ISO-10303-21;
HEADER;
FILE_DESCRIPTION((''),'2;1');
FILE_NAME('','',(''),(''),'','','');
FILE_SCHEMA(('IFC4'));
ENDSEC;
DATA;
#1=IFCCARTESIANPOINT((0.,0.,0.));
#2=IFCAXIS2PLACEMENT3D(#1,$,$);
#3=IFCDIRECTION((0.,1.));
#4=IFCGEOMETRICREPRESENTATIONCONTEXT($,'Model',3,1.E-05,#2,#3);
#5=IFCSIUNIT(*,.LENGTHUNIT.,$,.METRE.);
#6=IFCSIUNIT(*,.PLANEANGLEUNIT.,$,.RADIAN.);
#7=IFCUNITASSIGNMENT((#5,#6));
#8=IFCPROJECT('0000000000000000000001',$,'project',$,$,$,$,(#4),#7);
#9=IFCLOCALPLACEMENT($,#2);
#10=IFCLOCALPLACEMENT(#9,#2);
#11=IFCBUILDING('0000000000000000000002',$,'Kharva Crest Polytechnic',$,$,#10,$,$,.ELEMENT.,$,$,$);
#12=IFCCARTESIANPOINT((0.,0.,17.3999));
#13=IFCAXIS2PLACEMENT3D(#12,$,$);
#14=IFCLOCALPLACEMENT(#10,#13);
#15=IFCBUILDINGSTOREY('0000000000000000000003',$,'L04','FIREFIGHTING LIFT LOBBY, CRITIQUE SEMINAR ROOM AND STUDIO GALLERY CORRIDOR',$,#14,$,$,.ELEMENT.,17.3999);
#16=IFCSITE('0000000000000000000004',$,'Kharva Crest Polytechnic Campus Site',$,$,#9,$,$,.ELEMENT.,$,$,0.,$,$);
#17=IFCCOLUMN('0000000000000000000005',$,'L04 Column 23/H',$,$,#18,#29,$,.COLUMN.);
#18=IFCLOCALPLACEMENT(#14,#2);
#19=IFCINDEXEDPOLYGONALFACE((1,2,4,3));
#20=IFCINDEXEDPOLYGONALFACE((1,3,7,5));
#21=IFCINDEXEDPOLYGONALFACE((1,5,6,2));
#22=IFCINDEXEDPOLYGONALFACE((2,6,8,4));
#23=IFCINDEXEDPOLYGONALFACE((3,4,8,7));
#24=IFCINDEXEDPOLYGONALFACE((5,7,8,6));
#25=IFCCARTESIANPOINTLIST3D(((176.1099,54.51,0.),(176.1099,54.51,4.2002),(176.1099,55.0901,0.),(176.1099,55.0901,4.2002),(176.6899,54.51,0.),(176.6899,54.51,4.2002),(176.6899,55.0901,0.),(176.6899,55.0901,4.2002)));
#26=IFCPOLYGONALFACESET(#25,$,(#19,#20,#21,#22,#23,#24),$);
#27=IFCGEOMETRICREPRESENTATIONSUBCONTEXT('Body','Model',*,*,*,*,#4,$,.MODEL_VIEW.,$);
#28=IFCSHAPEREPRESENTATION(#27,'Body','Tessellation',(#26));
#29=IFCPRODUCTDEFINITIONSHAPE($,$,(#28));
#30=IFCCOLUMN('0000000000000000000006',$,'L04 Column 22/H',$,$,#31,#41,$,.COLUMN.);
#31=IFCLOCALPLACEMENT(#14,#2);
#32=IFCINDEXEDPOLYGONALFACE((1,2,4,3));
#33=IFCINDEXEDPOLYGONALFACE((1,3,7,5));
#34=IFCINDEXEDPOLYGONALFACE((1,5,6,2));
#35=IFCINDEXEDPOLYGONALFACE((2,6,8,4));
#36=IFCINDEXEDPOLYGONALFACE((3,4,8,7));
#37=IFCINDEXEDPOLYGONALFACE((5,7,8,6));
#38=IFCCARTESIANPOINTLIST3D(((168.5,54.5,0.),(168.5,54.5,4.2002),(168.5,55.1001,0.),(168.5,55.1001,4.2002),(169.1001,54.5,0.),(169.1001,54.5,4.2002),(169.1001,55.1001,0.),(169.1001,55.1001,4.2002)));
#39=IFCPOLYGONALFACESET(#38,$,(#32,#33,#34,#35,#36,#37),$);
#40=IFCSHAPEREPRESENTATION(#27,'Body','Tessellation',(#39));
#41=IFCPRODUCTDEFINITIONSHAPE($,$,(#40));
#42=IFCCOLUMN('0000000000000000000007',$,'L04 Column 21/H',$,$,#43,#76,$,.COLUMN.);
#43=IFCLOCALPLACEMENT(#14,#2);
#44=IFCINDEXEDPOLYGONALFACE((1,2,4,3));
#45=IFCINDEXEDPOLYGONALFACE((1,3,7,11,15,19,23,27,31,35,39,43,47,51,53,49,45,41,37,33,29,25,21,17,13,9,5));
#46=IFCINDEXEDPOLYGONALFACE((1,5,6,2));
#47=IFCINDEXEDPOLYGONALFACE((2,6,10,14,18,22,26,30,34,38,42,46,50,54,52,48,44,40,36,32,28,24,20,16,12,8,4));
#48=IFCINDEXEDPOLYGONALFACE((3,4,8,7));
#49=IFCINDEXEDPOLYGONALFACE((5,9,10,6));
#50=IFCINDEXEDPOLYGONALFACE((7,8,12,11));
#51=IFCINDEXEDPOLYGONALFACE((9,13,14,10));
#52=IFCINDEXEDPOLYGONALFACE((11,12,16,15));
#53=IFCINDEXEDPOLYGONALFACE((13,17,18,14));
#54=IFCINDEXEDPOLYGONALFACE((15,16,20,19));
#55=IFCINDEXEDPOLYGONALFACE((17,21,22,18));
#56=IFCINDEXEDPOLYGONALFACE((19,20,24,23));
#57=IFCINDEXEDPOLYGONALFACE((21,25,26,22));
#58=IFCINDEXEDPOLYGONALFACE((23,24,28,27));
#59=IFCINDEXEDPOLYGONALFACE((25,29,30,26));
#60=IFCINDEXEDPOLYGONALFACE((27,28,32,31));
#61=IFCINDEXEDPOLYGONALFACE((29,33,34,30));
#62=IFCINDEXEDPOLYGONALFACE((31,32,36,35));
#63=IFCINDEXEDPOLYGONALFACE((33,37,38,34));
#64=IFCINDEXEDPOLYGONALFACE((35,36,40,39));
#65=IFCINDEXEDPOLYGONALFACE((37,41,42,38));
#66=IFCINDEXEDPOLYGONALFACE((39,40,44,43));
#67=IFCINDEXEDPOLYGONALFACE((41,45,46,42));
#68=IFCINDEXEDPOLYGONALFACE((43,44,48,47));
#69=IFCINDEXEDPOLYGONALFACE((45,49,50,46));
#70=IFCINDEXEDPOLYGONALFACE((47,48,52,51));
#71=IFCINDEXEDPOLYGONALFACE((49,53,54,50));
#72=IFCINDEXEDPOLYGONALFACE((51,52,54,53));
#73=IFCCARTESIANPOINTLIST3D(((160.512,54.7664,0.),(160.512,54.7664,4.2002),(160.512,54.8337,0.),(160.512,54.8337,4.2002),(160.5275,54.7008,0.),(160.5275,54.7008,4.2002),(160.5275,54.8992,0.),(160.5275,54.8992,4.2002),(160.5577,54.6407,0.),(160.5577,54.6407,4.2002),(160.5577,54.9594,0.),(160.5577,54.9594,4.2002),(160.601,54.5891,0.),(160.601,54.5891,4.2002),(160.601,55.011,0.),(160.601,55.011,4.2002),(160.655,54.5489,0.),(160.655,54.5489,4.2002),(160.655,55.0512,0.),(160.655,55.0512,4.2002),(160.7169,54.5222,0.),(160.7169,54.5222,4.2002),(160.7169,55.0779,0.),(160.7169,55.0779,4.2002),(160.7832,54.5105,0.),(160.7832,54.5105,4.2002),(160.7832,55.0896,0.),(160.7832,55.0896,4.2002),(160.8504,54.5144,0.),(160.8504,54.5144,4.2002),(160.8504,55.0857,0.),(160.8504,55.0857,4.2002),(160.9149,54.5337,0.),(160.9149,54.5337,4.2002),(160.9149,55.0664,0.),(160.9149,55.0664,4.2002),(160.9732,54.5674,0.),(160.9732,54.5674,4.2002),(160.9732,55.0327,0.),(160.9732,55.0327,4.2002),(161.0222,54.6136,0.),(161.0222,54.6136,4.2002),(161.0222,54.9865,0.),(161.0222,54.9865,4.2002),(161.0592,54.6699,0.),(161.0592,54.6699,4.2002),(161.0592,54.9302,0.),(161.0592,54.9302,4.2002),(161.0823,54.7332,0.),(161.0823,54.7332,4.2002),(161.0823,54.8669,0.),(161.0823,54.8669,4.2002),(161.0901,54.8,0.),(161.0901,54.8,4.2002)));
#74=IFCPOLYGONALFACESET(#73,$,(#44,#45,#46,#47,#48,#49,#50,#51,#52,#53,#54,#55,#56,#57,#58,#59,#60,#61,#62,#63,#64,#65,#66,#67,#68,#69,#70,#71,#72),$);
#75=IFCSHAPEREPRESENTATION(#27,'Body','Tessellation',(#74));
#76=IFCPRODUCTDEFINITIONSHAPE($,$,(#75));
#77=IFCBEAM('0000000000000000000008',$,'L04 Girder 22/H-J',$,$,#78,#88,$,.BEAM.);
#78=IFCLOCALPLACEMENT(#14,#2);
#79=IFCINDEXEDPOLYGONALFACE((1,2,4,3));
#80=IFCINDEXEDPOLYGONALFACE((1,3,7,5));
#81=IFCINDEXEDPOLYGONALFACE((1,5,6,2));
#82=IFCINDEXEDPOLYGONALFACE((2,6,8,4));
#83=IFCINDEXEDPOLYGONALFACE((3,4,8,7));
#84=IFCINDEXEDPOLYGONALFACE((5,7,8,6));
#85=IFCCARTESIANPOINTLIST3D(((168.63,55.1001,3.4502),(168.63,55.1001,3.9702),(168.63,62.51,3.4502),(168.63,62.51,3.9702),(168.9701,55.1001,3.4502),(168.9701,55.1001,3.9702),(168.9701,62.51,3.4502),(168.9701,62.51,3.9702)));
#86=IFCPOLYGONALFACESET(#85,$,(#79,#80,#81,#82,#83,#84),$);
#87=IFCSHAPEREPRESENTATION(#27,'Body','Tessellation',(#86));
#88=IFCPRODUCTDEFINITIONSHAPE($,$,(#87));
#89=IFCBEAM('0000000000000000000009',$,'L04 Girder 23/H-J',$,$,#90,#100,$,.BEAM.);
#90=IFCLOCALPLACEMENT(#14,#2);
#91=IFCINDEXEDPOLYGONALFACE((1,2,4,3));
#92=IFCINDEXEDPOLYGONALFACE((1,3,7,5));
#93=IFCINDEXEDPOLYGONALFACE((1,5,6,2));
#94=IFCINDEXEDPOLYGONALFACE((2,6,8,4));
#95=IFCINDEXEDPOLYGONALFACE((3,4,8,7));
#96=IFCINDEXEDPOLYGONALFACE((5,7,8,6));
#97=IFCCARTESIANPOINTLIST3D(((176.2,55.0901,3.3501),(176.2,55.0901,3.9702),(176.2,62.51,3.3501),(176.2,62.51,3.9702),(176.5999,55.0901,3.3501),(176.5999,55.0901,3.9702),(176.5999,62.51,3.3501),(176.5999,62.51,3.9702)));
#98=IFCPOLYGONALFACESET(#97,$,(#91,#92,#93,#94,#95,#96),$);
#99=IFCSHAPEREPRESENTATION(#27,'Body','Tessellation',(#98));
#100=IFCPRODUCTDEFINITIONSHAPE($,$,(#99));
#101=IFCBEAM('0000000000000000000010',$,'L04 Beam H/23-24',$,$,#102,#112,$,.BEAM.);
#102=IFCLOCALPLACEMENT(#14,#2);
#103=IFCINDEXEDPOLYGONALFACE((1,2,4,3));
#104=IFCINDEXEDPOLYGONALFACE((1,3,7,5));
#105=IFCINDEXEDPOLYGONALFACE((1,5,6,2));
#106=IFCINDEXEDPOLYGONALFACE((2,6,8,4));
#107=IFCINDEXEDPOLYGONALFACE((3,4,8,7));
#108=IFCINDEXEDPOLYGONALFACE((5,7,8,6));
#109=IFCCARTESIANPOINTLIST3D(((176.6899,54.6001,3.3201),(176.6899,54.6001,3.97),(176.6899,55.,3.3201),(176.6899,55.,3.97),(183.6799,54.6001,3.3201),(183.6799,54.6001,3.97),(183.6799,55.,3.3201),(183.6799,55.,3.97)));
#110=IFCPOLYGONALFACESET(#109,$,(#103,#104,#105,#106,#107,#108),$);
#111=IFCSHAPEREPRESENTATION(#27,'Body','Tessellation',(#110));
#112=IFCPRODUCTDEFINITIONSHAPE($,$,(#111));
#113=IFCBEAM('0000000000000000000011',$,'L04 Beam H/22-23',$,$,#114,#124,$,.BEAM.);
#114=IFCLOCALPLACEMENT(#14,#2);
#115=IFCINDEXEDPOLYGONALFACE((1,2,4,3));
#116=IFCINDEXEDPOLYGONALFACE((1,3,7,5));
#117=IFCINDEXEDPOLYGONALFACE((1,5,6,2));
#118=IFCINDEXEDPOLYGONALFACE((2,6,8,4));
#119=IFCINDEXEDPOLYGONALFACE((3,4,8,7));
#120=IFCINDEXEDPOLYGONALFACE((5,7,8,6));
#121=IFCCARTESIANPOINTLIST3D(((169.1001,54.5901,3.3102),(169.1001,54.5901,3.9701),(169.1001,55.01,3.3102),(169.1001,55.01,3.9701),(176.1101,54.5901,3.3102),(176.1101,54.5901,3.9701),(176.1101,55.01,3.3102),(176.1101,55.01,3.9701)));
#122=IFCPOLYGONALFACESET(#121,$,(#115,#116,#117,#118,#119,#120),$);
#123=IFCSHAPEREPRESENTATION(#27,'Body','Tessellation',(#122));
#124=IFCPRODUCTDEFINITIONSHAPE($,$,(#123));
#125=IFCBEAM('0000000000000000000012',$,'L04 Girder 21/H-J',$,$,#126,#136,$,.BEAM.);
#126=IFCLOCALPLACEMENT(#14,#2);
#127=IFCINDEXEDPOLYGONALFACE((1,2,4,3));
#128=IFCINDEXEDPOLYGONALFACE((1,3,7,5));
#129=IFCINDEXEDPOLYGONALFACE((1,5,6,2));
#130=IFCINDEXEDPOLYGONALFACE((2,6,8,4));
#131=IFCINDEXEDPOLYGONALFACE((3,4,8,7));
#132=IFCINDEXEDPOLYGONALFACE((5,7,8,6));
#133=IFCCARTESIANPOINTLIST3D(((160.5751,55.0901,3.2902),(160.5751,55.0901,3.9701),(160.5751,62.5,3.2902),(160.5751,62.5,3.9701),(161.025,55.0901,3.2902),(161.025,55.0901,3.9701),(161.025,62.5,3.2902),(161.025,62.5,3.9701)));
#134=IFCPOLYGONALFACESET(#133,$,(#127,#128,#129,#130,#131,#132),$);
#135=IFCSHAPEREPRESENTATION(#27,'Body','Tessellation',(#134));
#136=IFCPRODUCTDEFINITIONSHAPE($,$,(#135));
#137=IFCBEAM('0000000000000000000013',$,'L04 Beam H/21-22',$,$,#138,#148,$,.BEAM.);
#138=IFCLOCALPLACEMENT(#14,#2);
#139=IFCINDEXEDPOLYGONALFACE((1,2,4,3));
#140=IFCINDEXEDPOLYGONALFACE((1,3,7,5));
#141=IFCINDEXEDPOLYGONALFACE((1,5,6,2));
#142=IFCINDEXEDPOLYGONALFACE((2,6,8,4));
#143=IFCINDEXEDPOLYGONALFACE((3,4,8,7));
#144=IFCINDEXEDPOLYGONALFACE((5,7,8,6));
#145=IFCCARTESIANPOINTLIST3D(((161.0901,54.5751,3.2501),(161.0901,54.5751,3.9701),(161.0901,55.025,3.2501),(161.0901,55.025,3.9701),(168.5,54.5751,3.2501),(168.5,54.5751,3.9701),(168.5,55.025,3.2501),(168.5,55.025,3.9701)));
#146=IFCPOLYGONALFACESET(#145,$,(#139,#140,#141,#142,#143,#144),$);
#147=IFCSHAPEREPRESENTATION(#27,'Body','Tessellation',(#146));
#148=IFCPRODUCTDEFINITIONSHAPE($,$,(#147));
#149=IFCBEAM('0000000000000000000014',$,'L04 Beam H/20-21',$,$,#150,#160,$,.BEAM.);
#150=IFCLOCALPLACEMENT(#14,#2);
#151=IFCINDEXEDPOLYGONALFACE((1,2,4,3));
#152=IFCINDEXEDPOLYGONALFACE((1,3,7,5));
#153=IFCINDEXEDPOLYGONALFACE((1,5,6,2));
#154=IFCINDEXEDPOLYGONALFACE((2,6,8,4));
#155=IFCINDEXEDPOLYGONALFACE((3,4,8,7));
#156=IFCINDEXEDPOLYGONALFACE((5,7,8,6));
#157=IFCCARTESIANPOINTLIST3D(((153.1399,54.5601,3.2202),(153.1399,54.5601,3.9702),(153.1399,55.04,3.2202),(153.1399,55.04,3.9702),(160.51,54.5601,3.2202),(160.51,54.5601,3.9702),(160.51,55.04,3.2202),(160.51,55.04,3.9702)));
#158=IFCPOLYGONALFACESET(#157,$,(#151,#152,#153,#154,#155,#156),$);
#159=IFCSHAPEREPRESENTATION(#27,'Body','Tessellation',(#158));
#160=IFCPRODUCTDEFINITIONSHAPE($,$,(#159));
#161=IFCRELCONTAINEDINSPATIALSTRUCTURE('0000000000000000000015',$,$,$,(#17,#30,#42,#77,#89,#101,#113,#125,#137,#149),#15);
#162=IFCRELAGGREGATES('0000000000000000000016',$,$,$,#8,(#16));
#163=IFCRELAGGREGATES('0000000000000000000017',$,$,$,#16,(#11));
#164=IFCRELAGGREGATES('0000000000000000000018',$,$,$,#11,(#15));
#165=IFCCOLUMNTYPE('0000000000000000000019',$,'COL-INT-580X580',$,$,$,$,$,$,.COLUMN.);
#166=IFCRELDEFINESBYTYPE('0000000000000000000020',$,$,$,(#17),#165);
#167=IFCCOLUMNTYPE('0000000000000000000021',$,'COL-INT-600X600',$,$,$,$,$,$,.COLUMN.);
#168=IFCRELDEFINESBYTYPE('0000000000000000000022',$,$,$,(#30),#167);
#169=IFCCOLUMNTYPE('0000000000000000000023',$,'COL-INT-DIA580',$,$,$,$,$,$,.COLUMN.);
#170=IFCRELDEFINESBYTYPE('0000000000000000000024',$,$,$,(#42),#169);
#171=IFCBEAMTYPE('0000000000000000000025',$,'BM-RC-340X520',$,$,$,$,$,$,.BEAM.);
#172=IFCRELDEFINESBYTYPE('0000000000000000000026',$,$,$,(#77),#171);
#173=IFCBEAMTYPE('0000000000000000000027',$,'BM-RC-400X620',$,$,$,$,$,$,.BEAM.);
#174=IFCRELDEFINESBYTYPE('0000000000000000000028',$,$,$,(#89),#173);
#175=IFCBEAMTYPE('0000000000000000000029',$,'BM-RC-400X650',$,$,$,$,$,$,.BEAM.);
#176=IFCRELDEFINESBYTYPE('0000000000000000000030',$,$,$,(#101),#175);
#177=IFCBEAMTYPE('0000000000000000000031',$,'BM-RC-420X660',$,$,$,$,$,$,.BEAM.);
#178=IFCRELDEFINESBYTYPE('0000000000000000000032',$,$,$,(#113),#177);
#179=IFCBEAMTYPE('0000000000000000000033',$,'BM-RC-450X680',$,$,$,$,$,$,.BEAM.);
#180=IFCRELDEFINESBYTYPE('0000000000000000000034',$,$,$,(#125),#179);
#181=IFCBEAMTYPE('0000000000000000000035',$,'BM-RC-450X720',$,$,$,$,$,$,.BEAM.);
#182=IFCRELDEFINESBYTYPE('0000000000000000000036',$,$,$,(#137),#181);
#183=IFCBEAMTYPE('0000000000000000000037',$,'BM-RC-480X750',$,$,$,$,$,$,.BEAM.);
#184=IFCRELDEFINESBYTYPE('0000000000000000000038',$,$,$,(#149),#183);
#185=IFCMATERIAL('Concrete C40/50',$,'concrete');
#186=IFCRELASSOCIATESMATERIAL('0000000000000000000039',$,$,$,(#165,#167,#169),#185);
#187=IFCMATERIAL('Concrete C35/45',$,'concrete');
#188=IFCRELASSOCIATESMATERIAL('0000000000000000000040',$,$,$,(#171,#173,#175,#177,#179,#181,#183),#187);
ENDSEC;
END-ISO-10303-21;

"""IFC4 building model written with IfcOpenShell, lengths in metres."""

from ifc_helpers import new_model, si_unit, direction, frame, origin, origin_2d, place, context, subcontext, project, spatial, rectangle, circle, extrude, material, material_profile, profile_set, type_object, element, save


model = new_model("IFC4")

# Units and contexts
model_context = context("Model", 3, precision=1e-05, world=origin(), true_north=direction((0.0, 1.0)))
body_context = subcontext(model_context, "Body", "Model", "MODEL_VIEW")
ifc_project = project(units=[si_unit("LENGTHUNIT", "METRE"), si_unit("PLANEANGLEUNIT", "RADIAN")], contexts=[model_context])

# Site, building, storey
site_placement = place(None, origin())
site = spatial("IfcSite", under=ifc_project, at=site_placement, Name="Kharva Crest Polytechnic Campus Site", CompositionType="ELEMENT", RefElevation=0.0)
building_placement = place(site_placement, origin())
building = spatial("IfcBuilding", under=site, at=building_placement, Name="Kharva Crest Polytechnic", CompositionType="ELEMENT")
storey_placement = place(building_placement, frame((0.0, 0.0, 17.3999)))
storey = spatial("IfcBuildingStorey", under=building, at=storey_placement, Name="L04", Description="FIREFIGHTING LIFT LOBBY, CRITIQUE SEMINAR ROOM AND STUDIO GALLERY CORRIDOR", CompositionType="ELEMENT", Elevation=17.3999)

# Columns
ifc_material_1 = material(Name="Concrete C40/50", Category="concrete")
ifc_material_profile_1 = material_profile(ifc_material_1, rectangle(XDim=0.5801, YDim=0.5801, at=origin_2d()), Name="RECT 580 X 580")
ifc_profile_set_1 = profile_set([ifc_material_profile_1], Name="Concrete C40/50")
column_type_1 = type_object("IfcColumnType", Name="COL-INT-580X580", PredefinedType="COLUMN", material=ifc_profile_set_1)
column_1_placement = place(storey_placement, frame((176.3999, 54.8, 0.0), z_axis=(0.0, 0.0, 1.0), x_axis=(1.0, 0.0, 0.0)))
element("IfcColumn", 1, at=column_1_placement, inside=storey, type_object=column_type_1, Name="L04 Column 23/H", PredefinedType="COLUMN", context=body_context, shape_type="SweptSolid", body=[
    extrude(rectangle(XDim=0.5801, YDim=0.5801, at=origin_2d()), origin(), (0.0, 0.0, 1.0), 4.2002),
])
ifc_material_profile_2 = material_profile(ifc_material_1, rectangle(XDim=0.6001, YDim=0.6001, at=origin_2d()), Name="RECT 600 X 600")
ifc_profile_set_2 = profile_set([ifc_material_profile_2], Name="Concrete C40/50")
column_type_2 = type_object("IfcColumnType", Name="COL-INT-600X600", PredefinedType="COLUMN", material=ifc_profile_set_2)
column_2_placement = place(storey_placement, frame((168.8, 54.8, 0.0), z_axis=(0.0, 0.0, 1.0), x_axis=(1.0, 0.0, 0.0)))
element("IfcColumn", 2, at=column_2_placement, inside=storey, type_object=column_type_2, Name="L04 Column 22/H", PredefinedType="COLUMN", context=body_context, shape_type="SweptSolid", body=[
    extrude(rectangle(XDim=0.6001, YDim=0.6001, at=origin_2d()), origin(), (0.0, 0.0, 1.0), 4.2002),
])
ifc_material_profile_3 = material_profile(ifc_material_1, circle(Radius=0.29, at=origin_2d()), Name="DIA 580")
ifc_profile_set_3 = profile_set([ifc_material_profile_3], Name="Concrete C40/50")
column_type_3 = type_object("IfcColumnType", Name="COL-INT-DIA580", PredefinedType="COLUMN", material=ifc_profile_set_3)
column_3_placement = place(storey_placement, frame((160.8, 54.8, 0.0), z_axis=(0.0, 0.0, 1.0), x_axis=(1.0, 0.0, 0.0)))
element("IfcColumn", 3, at=column_3_placement, inside=storey, type_object=column_type_3, Name="L04 Column 21/H", PredefinedType="COLUMN", context=body_context, shape_type="SweptSolid", body=[
    extrude(circle(Radius=0.29, at=origin_2d()), origin(), (0.0, 0.0, 1.0), 4.2002),
])

# Beams
ifc_material_2 = material(Name="Concrete C35/45", Category="concrete")
ifc_material_profile_4 = material_profile(ifc_material_2, rectangle(XDim=0.3401, YDim=0.52, at=origin_2d()), Name="RECT 340 X 520")
ifc_profile_set_4 = profile_set([ifc_material_profile_4], Name="Concrete C35/45")
beam_type_1 = type_object("IfcBeamType", Name="BM-RC-340X520", PredefinedType="BEAM", material=ifc_profile_set_4)
beam_1_placement = place(storey_placement, frame((168.8, 55.1001, 3.7102), z_axis=(0.0, 1.0, 0.0), x_axis=(-1.0, 0.0, 0.0)))
element("IfcBeam", 4, at=beam_1_placement, inside=storey, type_object=beam_type_1, Name="L04 Girder 22/H-J", PredefinedType="BEAM", context=body_context, shape_type="SweptSolid", body=[
    extrude(rectangle(XDim=0.3401, YDim=0.52, at=origin_2d()), origin(), (0.0, 0.0, 1.0), 7.4099),
])
ifc_material_profile_5 = material_profile(ifc_material_2, rectangle(XDim=0.3999, YDim=0.6201, at=origin_2d()), Name="RECT 400 X 620")
ifc_profile_set_5 = profile_set([ifc_material_profile_5], Name="Concrete C35/45")
beam_type_2 = type_object("IfcBeamType", Name="BM-RC-400X620", PredefinedType="BEAM", material=ifc_profile_set_5)
beam_2_placement = place(storey_placement, frame((176.3999, 55.0901, 3.6602), z_axis=(0.0, 1.0, 0.0), x_axis=(-1.0, 0.0, 0.0)))
element("IfcBeam", 5, at=beam_2_placement, inside=storey, type_object=beam_type_2, Name="L04 Girder 23/H-J", PredefinedType="BEAM", context=body_context, shape_type="SweptSolid", body=[
    extrude(rectangle(XDim=0.3999, YDim=0.6201, at=origin_2d()), origin(), (0.0, 0.0, 1.0), 7.4199),
])
ifc_material_profile_6 = material_profile(ifc_material_2, rectangle(XDim=0.3999, YDim=0.6499, at=origin_2d()), Name="RECT 400 X 650")
ifc_profile_set_6 = profile_set([ifc_material_profile_6], Name="Concrete C35/45")
beam_type_3 = type_object("IfcBeamType", Name="BM-RC-400X650", PredefinedType="BEAM", material=ifc_profile_set_6)
beam_3_placement = place(storey_placement, frame((176.6899, 54.8, 3.645), z_axis=(1.0, 0.0, 0.0), x_axis=(0.0, 1.0, 0.0)))
element("IfcBeam", 6, at=beam_3_placement, inside=storey, type_object=beam_type_3, Name="L04 Beam H/23-24", PredefinedType="BEAM", context=body_context, shape_type="SweptSolid", body=[
    extrude(rectangle(XDim=0.3999, YDim=0.6499, at=origin_2d()), origin(), (0.0, 0.0, 1.0), 6.99),
])
ifc_material_profile_7 = material_profile(ifc_material_2, rectangle(XDim=0.4199, YDim=0.6599, at=origin_2d()), Name="RECT 420 X 660")
ifc_profile_set_7 = profile_set([ifc_material_profile_7], Name="Concrete C35/45")
beam_type_4 = type_object("IfcBeamType", Name="BM-RC-420X660", PredefinedType="BEAM", material=ifc_profile_set_7)
beam_4_placement = place(storey_placement, frame((169.1001, 54.8, 3.6401), z_axis=(1.0, 0.0, 0.0), x_axis=(0.0, 1.0, 0.0)))
element("IfcBeam", 7, at=beam_4_placement, inside=storey, type_object=beam_type_4, Name="L04 Beam H/22-23", PredefinedType="BEAM", context=body_context, shape_type="SweptSolid", body=[
    extrude(rectangle(XDim=0.4199, YDim=0.6599, at=origin_2d()), origin(), (0.0, 0.0, 1.0), 7.01),
])
ifc_material_profile_8 = material_profile(ifc_material_2, rectangle(XDim=0.45, YDim=0.6799, at=origin_2d()), Name="RECT 450 X 680")
ifc_profile_set_8 = profile_set([ifc_material_profile_8], Name="Concrete C35/45")
beam_type_5 = type_object("IfcBeamType", Name="BM-RC-450X680", PredefinedType="BEAM", material=ifc_profile_set_8)
beam_5_placement = place(storey_placement, frame((160.8, 55.0901, 3.6301), z_axis=(0.0, 1.0, 0.0), x_axis=(-1.0, 0.0, 0.0)))
element("IfcBeam", 8, at=beam_5_placement, inside=storey, type_object=beam_type_5, Name="L04 Girder 21/H-J", PredefinedType="BEAM", context=body_context, shape_type="SweptSolid", body=[
    extrude(rectangle(XDim=0.45, YDim=0.6799, at=origin_2d()), origin(), (0.0, 0.0, 1.0), 7.4099),
])
ifc_material_profile_9 = material_profile(ifc_material_2, rectangle(XDim=0.45, YDim=0.72, at=origin_2d()), Name="RECT 450 X 720")
ifc_profile_set_9 = profile_set([ifc_material_profile_9], Name="Concrete C35/45")
beam_type_6 = type_object("IfcBeamType", Name="BM-RC-450X720", PredefinedType="BEAM", material=ifc_profile_set_9)
beam_6_placement = place(storey_placement, frame((161.0901, 54.8, 3.6101), z_axis=(1.0, 0.0, 0.0), x_axis=(0.0, 1.0, 0.0)))
element("IfcBeam", 9, at=beam_6_placement, inside=storey, type_object=beam_type_6, Name="L04 Beam H/21-22", PredefinedType="BEAM", context=body_context, shape_type="SweptSolid", body=[
    extrude(rectangle(XDim=0.45, YDim=0.72, at=origin_2d()), origin(), (0.0, 0.0, 1.0), 7.4099),
])
ifc_material_profile_10 = material_profile(ifc_material_2, rectangle(XDim=0.48, YDim=0.75, at=origin_2d()), Name="RECT 480 X 750")
ifc_profile_set_10 = profile_set([ifc_material_profile_10], Name="Concrete C35/45")
beam_type_7 = type_object("IfcBeamType", Name="BM-RC-480X750", PredefinedType="BEAM", material=ifc_profile_set_10)
beam_7_placement = place(storey_placement, frame((153.1399, 54.8, 3.5952), z_axis=(1.0, 0.0, 0.0), x_axis=(0.0, 1.0, 0.0)))
element("IfcBeam", 10, at=beam_7_placement, inside=storey, type_object=beam_type_7, Name="L04 Beam H/20-21", PredefinedType="BEAM", context=body_context, shape_type="SweptSolid", body=[
    extrude(rectangle(XDim=0.48, YDim=0.75, at=origin_2d()), origin(), (0.0, 0.0, 1.0), 7.3701),
])

save(model, "model.ifc")
